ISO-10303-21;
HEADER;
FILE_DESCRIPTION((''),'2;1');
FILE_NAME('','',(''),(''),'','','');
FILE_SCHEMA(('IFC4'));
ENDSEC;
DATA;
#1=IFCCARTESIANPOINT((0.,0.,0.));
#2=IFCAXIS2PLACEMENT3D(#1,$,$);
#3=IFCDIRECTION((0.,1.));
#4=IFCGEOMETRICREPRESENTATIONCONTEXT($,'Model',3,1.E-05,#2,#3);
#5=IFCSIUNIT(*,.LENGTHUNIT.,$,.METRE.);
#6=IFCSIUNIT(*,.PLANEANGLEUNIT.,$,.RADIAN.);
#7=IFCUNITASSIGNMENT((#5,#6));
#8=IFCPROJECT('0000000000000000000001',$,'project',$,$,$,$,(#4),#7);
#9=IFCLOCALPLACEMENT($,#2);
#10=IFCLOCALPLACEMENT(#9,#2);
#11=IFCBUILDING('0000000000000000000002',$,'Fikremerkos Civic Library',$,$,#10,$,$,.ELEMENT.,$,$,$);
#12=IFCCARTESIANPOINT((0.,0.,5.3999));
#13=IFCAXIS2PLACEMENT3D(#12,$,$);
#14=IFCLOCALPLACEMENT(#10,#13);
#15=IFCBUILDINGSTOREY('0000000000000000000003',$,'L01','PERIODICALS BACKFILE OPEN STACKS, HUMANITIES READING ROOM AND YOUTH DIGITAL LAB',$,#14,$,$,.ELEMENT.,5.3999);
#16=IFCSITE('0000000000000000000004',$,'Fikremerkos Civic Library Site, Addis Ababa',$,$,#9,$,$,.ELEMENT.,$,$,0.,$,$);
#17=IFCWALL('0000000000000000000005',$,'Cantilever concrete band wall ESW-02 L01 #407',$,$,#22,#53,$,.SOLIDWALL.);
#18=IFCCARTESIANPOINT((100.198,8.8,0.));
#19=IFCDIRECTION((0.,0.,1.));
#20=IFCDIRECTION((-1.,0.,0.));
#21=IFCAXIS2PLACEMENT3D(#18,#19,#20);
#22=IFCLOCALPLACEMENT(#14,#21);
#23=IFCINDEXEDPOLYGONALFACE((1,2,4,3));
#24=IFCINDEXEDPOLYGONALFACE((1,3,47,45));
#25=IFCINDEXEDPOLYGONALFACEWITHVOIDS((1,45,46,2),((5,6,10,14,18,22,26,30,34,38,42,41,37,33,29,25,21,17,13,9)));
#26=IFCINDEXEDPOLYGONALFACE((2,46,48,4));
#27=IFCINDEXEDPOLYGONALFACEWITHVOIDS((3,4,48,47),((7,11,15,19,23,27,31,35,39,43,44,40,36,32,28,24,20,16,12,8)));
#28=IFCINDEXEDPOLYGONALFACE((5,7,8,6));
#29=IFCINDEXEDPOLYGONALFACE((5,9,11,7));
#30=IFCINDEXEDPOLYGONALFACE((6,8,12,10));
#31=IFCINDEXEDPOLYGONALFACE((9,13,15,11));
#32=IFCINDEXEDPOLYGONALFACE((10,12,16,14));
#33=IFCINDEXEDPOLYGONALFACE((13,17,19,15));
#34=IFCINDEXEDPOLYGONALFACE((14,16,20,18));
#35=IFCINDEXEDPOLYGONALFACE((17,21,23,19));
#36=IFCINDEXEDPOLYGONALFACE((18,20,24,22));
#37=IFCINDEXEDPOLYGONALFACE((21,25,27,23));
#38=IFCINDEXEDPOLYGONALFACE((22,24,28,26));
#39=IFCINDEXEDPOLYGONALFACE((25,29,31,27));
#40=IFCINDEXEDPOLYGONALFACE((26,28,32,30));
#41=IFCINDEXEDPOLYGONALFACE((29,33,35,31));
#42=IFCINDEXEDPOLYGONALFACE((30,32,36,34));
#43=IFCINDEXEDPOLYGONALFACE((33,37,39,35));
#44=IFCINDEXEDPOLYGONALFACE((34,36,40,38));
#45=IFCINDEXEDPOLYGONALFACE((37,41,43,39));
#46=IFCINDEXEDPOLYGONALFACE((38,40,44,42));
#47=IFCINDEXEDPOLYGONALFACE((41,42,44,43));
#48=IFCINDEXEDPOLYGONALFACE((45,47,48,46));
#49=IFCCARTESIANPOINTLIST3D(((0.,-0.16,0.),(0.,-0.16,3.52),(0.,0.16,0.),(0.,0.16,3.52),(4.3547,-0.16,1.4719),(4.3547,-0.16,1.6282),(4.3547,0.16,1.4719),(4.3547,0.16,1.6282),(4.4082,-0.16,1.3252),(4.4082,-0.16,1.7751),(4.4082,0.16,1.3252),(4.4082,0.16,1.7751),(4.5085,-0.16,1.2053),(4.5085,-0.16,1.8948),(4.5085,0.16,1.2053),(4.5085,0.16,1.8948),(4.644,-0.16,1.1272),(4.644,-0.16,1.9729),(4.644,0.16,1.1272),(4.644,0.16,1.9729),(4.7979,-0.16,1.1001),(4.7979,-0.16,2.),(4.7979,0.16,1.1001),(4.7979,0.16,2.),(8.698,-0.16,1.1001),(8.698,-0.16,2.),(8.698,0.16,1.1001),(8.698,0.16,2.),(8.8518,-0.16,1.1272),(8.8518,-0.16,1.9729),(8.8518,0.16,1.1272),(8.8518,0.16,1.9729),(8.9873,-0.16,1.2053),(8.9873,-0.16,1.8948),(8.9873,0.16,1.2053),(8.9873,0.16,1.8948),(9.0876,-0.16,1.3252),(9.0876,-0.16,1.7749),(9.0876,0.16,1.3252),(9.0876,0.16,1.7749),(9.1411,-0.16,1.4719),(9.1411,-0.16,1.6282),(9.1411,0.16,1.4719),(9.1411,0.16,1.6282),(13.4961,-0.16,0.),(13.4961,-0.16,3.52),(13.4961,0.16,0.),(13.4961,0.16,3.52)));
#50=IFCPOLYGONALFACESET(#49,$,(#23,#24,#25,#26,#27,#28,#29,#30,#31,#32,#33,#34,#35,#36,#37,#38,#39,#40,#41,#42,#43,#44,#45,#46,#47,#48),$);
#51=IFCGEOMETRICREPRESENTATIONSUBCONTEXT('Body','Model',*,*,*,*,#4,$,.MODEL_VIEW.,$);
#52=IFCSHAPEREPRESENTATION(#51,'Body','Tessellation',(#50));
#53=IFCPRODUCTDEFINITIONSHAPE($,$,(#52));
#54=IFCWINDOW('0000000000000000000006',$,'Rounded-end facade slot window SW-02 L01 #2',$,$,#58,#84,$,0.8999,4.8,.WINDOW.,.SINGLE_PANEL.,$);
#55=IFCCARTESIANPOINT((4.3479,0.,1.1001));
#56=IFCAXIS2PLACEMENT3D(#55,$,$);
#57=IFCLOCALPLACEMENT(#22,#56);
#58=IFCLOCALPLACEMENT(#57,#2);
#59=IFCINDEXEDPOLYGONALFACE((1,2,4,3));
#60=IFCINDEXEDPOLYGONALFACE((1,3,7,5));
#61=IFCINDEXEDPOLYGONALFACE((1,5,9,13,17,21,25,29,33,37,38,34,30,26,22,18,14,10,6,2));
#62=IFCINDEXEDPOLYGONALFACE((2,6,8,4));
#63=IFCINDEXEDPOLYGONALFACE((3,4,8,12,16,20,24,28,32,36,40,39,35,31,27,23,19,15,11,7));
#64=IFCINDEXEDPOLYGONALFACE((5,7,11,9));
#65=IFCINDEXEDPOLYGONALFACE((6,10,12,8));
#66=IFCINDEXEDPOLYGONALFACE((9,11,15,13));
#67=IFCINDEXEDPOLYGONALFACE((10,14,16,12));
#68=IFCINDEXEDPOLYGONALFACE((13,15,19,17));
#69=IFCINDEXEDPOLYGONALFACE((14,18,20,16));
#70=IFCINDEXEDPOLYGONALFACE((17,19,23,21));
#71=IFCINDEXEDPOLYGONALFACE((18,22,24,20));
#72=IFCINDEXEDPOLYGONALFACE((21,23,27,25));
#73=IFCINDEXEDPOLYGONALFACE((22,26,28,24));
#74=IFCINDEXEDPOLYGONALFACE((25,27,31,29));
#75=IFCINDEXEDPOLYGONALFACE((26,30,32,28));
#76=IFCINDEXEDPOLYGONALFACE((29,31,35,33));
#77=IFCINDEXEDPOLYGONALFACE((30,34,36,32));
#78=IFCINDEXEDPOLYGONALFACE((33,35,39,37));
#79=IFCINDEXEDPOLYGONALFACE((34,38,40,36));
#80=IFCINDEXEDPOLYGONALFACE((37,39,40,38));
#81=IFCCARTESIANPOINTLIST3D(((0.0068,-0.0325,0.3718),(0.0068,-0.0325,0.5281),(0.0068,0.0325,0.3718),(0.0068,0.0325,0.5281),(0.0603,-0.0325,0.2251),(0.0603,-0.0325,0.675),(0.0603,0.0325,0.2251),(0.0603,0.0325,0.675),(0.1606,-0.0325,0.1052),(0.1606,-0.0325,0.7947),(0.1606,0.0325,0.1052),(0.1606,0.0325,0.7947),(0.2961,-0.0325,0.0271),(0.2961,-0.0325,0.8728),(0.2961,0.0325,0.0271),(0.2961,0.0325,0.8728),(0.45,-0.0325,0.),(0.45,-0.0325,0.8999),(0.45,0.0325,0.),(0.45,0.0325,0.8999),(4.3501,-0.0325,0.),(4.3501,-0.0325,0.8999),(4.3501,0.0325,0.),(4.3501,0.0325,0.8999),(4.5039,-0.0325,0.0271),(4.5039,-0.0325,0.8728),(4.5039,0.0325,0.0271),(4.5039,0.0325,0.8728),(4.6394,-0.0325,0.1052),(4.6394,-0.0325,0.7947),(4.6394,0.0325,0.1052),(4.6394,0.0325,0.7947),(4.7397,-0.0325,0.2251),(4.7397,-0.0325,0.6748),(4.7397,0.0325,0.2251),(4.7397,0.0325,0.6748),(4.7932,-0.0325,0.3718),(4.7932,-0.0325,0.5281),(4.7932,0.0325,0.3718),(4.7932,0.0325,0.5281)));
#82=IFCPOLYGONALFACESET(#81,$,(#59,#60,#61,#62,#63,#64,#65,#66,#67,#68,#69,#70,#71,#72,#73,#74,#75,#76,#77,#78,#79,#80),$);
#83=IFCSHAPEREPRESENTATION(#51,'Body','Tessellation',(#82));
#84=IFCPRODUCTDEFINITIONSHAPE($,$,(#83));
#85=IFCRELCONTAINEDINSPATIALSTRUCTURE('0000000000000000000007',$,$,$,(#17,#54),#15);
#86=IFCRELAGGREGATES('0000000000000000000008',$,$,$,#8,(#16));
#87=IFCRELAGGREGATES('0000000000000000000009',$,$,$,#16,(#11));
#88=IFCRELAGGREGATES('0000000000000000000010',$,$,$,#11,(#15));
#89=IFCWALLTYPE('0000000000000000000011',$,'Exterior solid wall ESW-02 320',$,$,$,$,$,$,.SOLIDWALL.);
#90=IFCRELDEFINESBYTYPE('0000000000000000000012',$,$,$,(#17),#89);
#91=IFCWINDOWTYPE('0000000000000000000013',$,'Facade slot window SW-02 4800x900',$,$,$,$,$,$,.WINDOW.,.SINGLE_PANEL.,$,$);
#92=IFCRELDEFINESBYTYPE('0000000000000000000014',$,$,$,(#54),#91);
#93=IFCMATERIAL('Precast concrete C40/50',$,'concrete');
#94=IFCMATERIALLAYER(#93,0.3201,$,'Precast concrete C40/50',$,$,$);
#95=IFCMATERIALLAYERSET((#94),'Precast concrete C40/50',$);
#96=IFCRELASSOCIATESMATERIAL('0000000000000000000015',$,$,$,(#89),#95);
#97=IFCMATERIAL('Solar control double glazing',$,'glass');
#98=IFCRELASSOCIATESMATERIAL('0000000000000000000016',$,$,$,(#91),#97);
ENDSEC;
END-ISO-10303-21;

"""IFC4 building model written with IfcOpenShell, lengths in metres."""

from ifc_helpers import new_model, si_unit, direction, frame, frame_2d, origin, place, context, subcontext, project, spatial, polyline, rectangle, outline, extrude, material, layer, layer_set, type_object, element, fill, save


model = new_model("IFC4")

# Units and contexts
model_context = context("Model", 3, precision=1e-05, world=origin(), true_north=direction((0.0, 1.0)))
body_context = subcontext(model_context, "Body", "Model", "MODEL_VIEW")
ifc_project = project(units=[si_unit("LENGTHUNIT", "METRE"), si_unit("PLANEANGLEUNIT", "RADIAN")], contexts=[model_context])

# Site, building, storey
site_placement = place(None, origin())
site = spatial("IfcSite", under=ifc_project, at=site_placement, Name="Fikremerkos Civic Library Site, Addis Ababa", CompositionType="ELEMENT", RefElevation=0.0)
building_placement = place(site_placement, origin())
building = spatial("IfcBuilding", under=site, at=building_placement, Name="Fikremerkos Civic Library", CompositionType="ELEMENT")
storey_placement = place(building_placement, frame((0.0, 0.0, 5.3999)))
storey = spatial("IfcBuildingStorey", under=building, at=storey_placement, Name="L01", Description="PERIODICALS BACKFILE OPEN STACKS, HUMANITIES READING ROOM AND YOUTH DIGITAL LAB", CompositionType="ELEMENT", Elevation=5.3999)

# Wall, opening, window
ifc_material_1 = material(Name="Precast concrete C40/50", Category="concrete")
ifc_layer_1 = layer(ifc_material_1, 0.3201, Name="Precast concrete C40/50")
ifc_layer_set_1 = layer_set([ifc_layer_1], Name="Precast concrete C40/50")
wall_type_1 = type_object("IfcWallType", Name="Exterior solid wall ESW-02 320", PredefinedType="SOLIDWALL", material=ifc_layer_set_1)
wall_1_placement = place(storey_placement, frame((100.198, 8.8, 0.0), z_axis=(0.0, 0.0, 1.0), x_axis=(-1.0, 0.0, 0.0)))
wall_1 = element("IfcWall", 1, at=wall_1_placement, inside=storey, type_object=wall_type_1, Name="Cantilever concrete band wall ESW-02 L01 #407", PredefinedType="SOLIDWALL", context=body_context, shape_type="SweptSolid", body=[
    extrude(rectangle(XDim=13.4961, YDim=0.3201, at=frame_2d((6.748, 0.0))), origin(), (0.0, 0.0, 1.0), 3.52),
])
opening_placement = place(wall_1_placement, frame((4.3479, 0.0, 1.1001)))
opening = element("IfcOpeningElement", 2, at=opening_placement, cuts=wall_1, PredefinedType="OPENING", context=body_context, shape_type="SweptSolid", body=[
    extrude(outline(polyline([(0.45, 0.8999), (0.2961, 0.8728), (0.1606, 0.7947), (0.0603, 0.675), (0.0068, 0.5281), (0.0068, 0.3718), (0.0603, 0.2251), (0.1606, 0.1052), (0.2961, 0.0271), (0.45, 0.0), (4.3501, 0.0), (4.5039, 0.0271), (4.6394, 0.1052), (4.7397, 0.2251), (4.7932, 0.3718), (4.7932, 0.5281), (4.7397, 0.6748), (4.6394, 0.7947), (4.5039, 0.8728), (4.3501, 0.8999), (0.45, 0.8999)])), frame((0.0, 0.1699, 0.0), z_axis=(0.0, -1.0, 0.0), x_axis=(1.0, 0.0, 0.0)), (0.0, 0.0, 1.0), 0.3401),
])
ifc_material_2 = material(Name="Solar control double glazing", Category="glass")
window_type = type_object("IfcWindowType", Name="Facade slot window SW-02 4800x900", PartitioningType="SINGLE_PANEL", PredefinedType="WINDOW", material=ifc_material_2)
window_placement = place(opening_placement, origin())
window = element("IfcWindow", 3, at=window_placement, inside=storey, type_object=window_type, Name="Rounded-end facade slot window SW-02 L01 #2", OverallHeight=0.8999, OverallWidth=4.8, PartitioningType="SINGLE_PANEL", PredefinedType="WINDOW", context=body_context, shape_type="SweptSolid", body=[
    extrude(outline(polyline([(0.45, 0.8999), (0.2961, 0.8728), (0.1606, 0.7947), (0.0603, 0.675), (0.0068, 0.5281), (0.0068, 0.3718), (0.0603, 0.2251), (0.1606, 0.1052), (0.2961, 0.0271), (0.45, 0.0), (4.3501, 0.0), (4.5039, 0.0271), (4.6394, 0.1052), (4.7397, 0.2251), (4.7932, 0.3718), (4.7932, 0.5281), (4.7397, 0.6748), (4.6394, 0.7947), (4.5039, 0.8728), (4.3501, 0.8999), (0.45, 0.8999)])), frame((0.0, 0.0325, 0.0), z_axis=(0.0, -1.0, 0.0), x_axis=(1.0, 0.0, 0.0)), (0.0, 0.0, 1.0), 0.0649),
])
fill(opening, window)

save(model, "model.ifc")
